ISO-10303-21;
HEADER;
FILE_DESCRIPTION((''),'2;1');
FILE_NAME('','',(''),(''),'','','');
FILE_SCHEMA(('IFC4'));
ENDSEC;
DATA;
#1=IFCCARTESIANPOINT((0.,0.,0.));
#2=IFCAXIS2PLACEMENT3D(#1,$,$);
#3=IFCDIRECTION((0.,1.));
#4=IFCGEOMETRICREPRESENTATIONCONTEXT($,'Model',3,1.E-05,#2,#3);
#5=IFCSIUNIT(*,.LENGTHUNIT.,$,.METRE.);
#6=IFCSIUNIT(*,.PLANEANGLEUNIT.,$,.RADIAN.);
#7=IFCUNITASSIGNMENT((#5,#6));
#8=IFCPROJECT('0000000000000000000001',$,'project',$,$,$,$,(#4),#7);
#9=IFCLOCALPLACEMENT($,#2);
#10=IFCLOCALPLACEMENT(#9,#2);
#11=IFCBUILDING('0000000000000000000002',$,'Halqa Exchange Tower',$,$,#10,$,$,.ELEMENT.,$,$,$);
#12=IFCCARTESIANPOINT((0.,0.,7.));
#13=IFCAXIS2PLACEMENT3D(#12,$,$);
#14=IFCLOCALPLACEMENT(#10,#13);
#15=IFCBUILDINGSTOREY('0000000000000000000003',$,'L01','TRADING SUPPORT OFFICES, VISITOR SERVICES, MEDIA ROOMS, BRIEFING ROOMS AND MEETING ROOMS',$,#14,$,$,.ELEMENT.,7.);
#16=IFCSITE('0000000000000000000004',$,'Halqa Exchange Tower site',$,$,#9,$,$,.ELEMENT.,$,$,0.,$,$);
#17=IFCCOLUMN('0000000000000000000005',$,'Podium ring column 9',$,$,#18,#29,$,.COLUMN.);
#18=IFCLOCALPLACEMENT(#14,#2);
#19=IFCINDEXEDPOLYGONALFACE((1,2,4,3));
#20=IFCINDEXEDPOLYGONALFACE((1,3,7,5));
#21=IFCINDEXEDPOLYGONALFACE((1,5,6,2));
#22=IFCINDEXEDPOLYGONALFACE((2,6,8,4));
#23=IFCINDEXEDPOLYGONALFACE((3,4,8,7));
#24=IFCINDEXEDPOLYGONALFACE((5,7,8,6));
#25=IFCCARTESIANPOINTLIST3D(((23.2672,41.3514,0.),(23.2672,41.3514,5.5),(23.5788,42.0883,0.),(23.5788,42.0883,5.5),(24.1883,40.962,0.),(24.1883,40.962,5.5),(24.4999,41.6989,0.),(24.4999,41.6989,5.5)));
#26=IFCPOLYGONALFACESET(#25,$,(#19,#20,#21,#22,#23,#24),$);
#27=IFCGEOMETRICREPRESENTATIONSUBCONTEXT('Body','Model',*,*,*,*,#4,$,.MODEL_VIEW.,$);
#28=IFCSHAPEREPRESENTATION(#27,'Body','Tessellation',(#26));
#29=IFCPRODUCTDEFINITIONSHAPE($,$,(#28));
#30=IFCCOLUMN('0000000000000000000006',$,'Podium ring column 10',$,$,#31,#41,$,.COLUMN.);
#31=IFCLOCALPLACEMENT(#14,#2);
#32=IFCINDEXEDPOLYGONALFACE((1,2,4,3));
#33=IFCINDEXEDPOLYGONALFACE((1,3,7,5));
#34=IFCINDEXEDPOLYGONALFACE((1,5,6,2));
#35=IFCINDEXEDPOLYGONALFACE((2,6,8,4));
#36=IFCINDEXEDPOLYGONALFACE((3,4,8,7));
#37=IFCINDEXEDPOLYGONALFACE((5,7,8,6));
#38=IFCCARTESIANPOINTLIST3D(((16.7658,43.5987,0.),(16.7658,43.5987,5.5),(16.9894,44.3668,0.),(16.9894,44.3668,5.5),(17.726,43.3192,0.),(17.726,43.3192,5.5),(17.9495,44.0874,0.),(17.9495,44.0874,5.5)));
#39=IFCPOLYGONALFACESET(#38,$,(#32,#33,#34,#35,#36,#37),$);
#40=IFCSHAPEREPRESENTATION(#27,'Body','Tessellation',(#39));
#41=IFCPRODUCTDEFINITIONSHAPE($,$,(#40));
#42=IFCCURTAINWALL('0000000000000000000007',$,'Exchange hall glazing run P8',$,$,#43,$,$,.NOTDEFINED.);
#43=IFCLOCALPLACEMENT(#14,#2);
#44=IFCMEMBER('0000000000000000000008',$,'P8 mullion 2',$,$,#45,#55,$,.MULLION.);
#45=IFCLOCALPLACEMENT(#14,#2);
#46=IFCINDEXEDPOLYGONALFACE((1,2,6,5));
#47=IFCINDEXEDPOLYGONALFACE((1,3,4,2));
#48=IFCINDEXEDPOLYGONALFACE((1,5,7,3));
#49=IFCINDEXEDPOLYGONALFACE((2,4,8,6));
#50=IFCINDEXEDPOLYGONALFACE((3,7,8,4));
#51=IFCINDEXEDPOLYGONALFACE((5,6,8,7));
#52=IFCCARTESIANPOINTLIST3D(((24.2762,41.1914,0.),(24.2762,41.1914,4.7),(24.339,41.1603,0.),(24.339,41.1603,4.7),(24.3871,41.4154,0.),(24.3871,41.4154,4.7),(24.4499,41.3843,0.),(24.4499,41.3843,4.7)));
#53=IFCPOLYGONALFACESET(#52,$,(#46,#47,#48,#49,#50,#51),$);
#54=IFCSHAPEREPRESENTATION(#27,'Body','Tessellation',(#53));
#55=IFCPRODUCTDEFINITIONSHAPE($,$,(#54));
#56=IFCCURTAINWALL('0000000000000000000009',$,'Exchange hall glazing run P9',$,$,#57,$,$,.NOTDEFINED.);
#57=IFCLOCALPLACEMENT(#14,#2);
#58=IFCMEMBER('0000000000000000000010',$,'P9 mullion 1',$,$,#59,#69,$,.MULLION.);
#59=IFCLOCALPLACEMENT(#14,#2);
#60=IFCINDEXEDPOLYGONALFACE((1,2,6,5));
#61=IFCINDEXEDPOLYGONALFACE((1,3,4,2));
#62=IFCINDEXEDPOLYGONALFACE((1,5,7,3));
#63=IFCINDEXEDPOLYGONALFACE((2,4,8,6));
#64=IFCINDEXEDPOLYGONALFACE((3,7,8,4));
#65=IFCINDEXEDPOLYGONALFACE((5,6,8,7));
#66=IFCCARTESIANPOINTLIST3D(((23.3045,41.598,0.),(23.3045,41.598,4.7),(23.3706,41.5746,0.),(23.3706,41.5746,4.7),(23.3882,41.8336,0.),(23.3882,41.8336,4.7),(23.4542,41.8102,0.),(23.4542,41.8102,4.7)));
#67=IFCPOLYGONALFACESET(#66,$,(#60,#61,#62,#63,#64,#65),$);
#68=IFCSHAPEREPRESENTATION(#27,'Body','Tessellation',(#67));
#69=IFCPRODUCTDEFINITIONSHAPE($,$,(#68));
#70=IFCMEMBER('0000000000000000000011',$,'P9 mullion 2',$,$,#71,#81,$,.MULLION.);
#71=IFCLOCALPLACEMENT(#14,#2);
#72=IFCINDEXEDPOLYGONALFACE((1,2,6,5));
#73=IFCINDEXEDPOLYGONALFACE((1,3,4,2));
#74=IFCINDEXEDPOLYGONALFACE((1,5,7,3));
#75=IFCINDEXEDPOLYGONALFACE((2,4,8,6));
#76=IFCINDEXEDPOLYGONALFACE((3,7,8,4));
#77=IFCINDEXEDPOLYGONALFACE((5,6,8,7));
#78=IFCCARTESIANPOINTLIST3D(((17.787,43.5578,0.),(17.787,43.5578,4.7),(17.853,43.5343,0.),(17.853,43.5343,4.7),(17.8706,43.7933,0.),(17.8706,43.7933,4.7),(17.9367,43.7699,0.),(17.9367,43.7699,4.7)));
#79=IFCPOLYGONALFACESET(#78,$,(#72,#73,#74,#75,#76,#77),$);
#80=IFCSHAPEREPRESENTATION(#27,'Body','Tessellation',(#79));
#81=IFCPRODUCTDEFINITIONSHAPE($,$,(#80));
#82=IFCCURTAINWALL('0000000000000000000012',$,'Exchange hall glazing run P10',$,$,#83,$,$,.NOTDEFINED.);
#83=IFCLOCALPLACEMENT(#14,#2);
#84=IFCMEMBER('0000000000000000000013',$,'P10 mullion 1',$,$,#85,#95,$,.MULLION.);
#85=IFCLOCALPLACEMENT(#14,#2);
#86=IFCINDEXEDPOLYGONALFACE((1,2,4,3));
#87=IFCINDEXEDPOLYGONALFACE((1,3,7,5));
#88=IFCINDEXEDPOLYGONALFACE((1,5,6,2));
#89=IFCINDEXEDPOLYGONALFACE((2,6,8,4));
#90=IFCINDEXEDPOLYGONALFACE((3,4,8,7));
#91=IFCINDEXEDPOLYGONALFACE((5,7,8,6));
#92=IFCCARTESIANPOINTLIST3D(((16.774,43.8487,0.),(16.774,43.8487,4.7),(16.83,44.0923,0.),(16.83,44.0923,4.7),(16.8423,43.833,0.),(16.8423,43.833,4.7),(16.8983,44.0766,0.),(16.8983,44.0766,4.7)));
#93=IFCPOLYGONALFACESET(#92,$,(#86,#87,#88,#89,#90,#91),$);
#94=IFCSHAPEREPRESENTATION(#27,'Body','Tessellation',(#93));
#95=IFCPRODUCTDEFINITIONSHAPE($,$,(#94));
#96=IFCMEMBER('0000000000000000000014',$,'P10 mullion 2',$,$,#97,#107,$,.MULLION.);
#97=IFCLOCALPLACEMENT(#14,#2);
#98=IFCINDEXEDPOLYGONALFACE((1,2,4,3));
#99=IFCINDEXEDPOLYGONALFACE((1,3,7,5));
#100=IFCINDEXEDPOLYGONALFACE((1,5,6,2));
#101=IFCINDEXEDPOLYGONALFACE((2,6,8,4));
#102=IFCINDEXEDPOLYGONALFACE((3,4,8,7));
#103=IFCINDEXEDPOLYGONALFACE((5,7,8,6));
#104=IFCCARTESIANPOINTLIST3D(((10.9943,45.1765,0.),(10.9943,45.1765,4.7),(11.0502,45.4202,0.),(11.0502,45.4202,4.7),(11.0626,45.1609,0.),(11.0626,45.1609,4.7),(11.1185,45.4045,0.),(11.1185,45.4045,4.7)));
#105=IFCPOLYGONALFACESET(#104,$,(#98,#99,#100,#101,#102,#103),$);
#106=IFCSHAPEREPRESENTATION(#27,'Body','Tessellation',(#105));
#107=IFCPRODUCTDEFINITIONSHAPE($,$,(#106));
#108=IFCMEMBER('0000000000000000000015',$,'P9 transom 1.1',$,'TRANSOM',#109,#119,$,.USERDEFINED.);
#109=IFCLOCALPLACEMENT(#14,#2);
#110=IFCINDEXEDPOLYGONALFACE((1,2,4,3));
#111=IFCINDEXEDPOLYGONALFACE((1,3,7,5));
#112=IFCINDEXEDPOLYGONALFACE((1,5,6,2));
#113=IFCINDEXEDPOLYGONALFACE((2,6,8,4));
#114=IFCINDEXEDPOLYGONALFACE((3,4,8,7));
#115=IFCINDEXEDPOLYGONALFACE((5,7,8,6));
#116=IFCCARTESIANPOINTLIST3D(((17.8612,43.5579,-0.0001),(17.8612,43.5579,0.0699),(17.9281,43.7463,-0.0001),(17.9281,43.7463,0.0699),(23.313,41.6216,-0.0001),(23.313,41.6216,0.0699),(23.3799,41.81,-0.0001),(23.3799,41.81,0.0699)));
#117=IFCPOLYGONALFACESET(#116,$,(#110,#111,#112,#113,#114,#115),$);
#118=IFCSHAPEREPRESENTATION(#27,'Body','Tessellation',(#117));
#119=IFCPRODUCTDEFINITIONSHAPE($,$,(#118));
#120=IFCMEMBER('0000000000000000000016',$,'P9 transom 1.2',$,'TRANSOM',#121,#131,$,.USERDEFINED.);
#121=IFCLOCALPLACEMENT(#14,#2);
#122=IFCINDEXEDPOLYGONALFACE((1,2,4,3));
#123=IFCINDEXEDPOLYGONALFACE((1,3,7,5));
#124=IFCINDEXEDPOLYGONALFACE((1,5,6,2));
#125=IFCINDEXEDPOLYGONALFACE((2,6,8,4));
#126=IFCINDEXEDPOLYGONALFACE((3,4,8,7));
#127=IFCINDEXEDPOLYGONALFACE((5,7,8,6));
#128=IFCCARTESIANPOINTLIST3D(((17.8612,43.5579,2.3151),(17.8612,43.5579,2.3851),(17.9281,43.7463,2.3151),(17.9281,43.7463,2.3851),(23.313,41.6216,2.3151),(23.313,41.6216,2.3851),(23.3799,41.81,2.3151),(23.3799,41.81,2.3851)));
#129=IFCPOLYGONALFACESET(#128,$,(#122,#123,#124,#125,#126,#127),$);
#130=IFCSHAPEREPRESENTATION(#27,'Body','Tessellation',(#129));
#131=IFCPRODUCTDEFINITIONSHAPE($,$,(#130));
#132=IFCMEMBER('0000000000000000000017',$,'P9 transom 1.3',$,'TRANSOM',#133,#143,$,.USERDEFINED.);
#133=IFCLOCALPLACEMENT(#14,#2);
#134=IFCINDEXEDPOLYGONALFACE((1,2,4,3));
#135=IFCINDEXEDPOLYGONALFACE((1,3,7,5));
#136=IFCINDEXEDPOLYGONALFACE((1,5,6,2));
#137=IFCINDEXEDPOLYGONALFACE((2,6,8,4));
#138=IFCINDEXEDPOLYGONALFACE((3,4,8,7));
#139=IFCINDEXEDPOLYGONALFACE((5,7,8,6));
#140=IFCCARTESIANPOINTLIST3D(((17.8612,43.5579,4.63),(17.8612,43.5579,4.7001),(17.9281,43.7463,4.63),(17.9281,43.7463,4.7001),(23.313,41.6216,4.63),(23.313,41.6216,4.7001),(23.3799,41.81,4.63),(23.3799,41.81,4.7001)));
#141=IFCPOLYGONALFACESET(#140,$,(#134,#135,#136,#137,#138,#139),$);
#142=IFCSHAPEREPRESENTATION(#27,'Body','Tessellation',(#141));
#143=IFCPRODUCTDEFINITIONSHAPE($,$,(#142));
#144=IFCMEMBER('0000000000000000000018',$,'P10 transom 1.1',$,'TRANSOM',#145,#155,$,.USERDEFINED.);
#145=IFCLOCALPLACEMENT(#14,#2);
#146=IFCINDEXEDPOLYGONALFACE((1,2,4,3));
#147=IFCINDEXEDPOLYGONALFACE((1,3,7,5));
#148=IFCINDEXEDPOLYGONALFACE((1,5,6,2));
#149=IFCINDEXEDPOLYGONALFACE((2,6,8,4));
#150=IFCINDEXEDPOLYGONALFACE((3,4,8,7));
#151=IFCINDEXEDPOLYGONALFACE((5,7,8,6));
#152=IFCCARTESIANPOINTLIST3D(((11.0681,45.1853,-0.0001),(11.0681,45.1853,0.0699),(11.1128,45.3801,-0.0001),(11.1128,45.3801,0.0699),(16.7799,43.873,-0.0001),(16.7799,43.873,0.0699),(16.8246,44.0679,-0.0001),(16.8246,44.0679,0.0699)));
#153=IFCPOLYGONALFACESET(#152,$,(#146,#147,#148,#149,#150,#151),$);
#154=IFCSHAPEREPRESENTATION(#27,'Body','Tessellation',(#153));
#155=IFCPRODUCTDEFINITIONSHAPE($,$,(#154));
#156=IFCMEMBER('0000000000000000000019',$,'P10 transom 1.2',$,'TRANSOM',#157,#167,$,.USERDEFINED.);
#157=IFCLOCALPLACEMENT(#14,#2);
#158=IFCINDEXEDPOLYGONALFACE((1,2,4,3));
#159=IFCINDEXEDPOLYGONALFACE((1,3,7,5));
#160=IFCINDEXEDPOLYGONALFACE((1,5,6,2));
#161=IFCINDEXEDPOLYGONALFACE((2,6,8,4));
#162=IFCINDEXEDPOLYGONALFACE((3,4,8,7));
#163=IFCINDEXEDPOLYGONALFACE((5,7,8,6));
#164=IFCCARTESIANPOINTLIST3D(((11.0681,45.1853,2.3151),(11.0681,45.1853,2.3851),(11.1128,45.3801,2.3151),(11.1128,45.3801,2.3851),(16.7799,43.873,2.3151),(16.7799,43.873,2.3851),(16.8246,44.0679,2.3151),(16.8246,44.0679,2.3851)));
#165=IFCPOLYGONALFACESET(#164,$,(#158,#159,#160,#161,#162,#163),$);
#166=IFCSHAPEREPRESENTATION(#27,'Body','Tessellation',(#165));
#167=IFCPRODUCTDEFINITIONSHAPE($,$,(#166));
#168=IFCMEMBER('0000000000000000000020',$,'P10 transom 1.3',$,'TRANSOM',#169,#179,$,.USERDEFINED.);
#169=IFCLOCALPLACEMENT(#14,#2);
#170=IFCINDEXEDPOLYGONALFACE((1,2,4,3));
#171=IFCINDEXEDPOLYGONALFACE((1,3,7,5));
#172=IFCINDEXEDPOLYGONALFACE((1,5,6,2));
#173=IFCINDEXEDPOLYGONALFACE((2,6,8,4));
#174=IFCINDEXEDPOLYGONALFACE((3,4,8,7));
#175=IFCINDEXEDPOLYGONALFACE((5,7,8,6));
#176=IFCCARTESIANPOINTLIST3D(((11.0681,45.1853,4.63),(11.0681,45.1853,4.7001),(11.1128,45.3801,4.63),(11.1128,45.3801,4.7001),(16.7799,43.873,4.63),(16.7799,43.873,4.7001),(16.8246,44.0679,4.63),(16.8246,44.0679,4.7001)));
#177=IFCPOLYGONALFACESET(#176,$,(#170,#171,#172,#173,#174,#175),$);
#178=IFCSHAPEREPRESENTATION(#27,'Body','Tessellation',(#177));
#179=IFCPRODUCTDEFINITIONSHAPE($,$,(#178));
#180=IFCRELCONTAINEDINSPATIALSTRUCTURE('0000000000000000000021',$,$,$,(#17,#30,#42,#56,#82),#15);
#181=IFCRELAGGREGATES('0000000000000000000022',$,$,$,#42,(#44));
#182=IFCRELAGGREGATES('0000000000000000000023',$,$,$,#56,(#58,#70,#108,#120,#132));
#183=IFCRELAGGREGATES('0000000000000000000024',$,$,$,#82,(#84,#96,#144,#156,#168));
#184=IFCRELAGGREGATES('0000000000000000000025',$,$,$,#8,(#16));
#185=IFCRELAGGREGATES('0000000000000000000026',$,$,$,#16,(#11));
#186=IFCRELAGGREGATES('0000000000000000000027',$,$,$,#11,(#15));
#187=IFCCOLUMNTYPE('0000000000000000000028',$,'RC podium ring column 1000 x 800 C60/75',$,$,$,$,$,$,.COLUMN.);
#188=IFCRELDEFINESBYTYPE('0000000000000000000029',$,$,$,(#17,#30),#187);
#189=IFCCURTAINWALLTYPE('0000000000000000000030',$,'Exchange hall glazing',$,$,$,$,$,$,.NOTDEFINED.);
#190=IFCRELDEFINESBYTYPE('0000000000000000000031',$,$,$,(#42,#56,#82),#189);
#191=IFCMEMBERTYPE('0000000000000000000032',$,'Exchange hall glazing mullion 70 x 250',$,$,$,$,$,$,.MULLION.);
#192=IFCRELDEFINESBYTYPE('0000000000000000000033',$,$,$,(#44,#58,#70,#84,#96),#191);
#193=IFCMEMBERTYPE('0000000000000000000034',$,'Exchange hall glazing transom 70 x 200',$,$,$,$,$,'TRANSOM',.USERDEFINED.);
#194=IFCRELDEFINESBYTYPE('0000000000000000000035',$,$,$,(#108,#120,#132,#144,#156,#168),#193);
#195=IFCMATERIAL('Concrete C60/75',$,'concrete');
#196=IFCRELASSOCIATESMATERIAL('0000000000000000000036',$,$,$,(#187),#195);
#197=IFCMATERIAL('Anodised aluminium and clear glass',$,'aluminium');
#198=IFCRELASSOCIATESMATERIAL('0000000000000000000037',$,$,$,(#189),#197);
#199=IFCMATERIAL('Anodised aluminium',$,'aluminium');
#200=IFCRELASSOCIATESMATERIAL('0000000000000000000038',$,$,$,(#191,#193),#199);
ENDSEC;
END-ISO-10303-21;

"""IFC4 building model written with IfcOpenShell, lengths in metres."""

from ifc_helpers import new_model, si_unit, direction, frame, origin, origin_2d, place, context, subcontext, project, spatial, rectangle, extrude, material, material_profile, profile_set, type_object, element, aggregate, save


model = new_model("IFC4")

# Units and contexts
model_context = context("Model", 3, precision=1e-05, world=origin(), true_north=direction((0.0, 1.0)))
body_context = subcontext(model_context, "Body", "Model", "MODEL_VIEW")
ifc_project = project(units=[si_unit("LENGTHUNIT", "METRE"), si_unit("PLANEANGLEUNIT", "RADIAN")], contexts=[model_context])

# Site, building, storey
site_placement = place(None, origin())
site = spatial("IfcSite", under=ifc_project, at=site_placement, Name="Halqa Exchange Tower site", CompositionType="ELEMENT", RefElevation=0.0)
building_placement = place(site_placement, origin())
building = spatial("IfcBuilding", under=site, at=building_placement, Name="Halqa Exchange Tower", CompositionType="ELEMENT")
storey_placement = place(building_placement, frame((0.0, 0.0, 7.0)))
storey = spatial("IfcBuildingStorey", under=building, at=storey_placement, Name="L01", Description="TRADING SUPPORT OFFICES, VISITOR SERVICES, MEDIA ROOMS, BRIEFING ROOMS AND MEETING ROOMS", CompositionType="ELEMENT", Elevation=7.0)

# Columns
ifc_material_1 = material(Name="Concrete C60/75", Category="concrete")
ifc_material_profile_1 = material_profile(ifc_material_1, rectangle(XDim=1.0, YDim=0.8, at=origin_2d()), Name="1000 x 800")
ifc_profile_set_1 = profile_set([ifc_material_profile_1], Name="Concrete C60/75")
column_type = type_object("IfcColumnType", Name="RC podium ring column 1000 x 800 C60/75", PredefinedType="COLUMN", material=ifc_profile_set_1)
for number, where, z_axis, x_axis, name in (
    (1, (23.8835, 41.5251, 0.0), (0.0, 0.0, 1.0), (-0.921048, 0.389449, 0.0), "Podium ring column 9"),
    (2, (17.3577, 43.843, 0.0), (0.0, 0.0, 1.0), (-0.960158, 0.279459, 0.0), "Podium ring column 10"),
):
    element("IfcColumn", number, at=place(storey_placement, frame(where, z_axis=z_axis, x_axis=x_axis)), inside=storey, type_object=column_type, Name=name, PredefinedType="COLUMN", context=body_context, shape_type="SweptSolid", body=[
        extrude(rectangle(XDim=1.0, YDim=0.8, at=origin_2d()), origin(), (0.0, 0.0, 1.0), 5.5),
    ])

# Curtain wall, member
ifc_material_2 = material(Name="Anodised aluminium and clear glass", Category="aluminium")
curtain_wall_type = type_object("IfcCurtainWallType", Name="Exchange hall glazing", PredefinedType="NOTDEFINED", material=ifc_material_2)
curtain_wall_1_placement = place(storey_placement, origin())
curtain_wall_1 = element("IfcCurtainWall", 3, at=curtain_wall_1_placement, inside=storey, type_object=curtain_wall_type, Name="Exchange hall glazing run P8", PredefinedType="NOTDEFINED")
ifc_material_3 = material(Name="Anodised aluminium", Category="aluminium")
ifc_material_profile_2 = material_profile(ifc_material_3, rectangle(XDim=0.25, YDim=0.0701, at=origin_2d()), Name="AL 70x250")
ifc_profile_set_2 = profile_set([ifc_material_profile_2], Name="Anodised aluminium")
member_type_1 = type_object("IfcMemberType", Name="Exchange hall glazing mullion 70 x 250", PredefinedType="MULLION", material=ifc_profile_set_2)
member_1_placement = place(storey_placement, frame((24.363, 41.2878, 0.0), z_axis=(0.0, 0.0, 1.0), x_axis=(-0.443653, -0.896198, 0.0)))
member_1 = element("IfcMember", 4, at=member_1_placement, type_object=member_type_1, Name="P8 mullion 2", PredefinedType="MULLION", context=body_context, shape_type="SweptSolid", body=[
    extrude(rectangle(XDim=0.25, YDim=0.0701, at=origin_2d()), origin(), (0.0, 0.0, 1.0), 4.7),
])

# Curtain walls, members
curtain_wall_2_placement = place(storey_placement, origin())
curtain_wall_2 = element("IfcCurtainWall", 5, at=curtain_wall_2_placement, inside=storey, type_object=curtain_wall_type, Name="Exchange hall glazing run P9", PredefinedType="NOTDEFINED")
member_2_placement = place(storey_placement, frame((23.3794, 41.7041, 0.0), z_axis=(0.0, 0.0, 1.0), x_axis=(-0.334688, -0.942329, 0.0)))
member_2 = element("IfcMember", 6, at=member_2_placement, type_object=member_type_1, Name="P9 mullion 1", PredefinedType="MULLION", context=body_context, shape_type="SweptSolid", body=[
    extrude(rectangle(XDim=0.25, YDim=0.0701, at=origin_2d()), origin(), (0.0, 0.0, 1.0), 4.7),
])
member_3_placement = place(storey_placement, frame((17.8618, 43.6638, 0.0), z_axis=(0.0, 0.0, 1.0), x_axis=(-0.334688, -0.942329, 0.0)))
member_3 = element("IfcMember", 7, at=member_3_placement, type_object=member_type_1, Name="P9 mullion 2", PredefinedType="MULLION", context=body_context, shape_type="SweptSolid", body=[
    extrude(rectangle(XDim=0.25, YDim=0.0701, at=origin_2d()), origin(), (0.0, 0.0, 1.0), 4.7),
])
curtain_wall_3_placement = place(storey_placement, origin())
curtain_wall_3 = element("IfcCurtainWall", 8, at=curtain_wall_3_placement, inside=storey, type_object=curtain_wall_type, Name="Exchange hall glazing run P10", PredefinedType="NOTDEFINED")
member_4_placement = place(storey_placement, frame((16.8362, 43.9626, 0.0), z_axis=(0.0, 0.0, 1.0), x_axis=(-0.223897, -0.974613, 0.0)))
member_4 = element("IfcMember", 9, at=member_4_placement, type_object=member_type_1, Name="P10 mullion 1", PredefinedType="MULLION", context=body_context, shape_type="SweptSolid", body=[
    extrude(rectangle(XDim=0.25, YDim=0.0701, at=origin_2d()), origin(), (0.0, 0.0, 1.0), 4.7),
])
member_5_placement = place(storey_placement, frame((11.0564, 45.2905, 0.0), z_axis=(0.0, 0.0, 1.0), x_axis=(-0.223897, -0.974613, 0.0)))
member_5 = element("IfcMember", 10, at=member_5_placement, type_object=member_type_1, Name="P10 mullion 2", PredefinedType="MULLION", context=body_context, shape_type="SweptSolid", body=[
    extrude(rectangle(XDim=0.25, YDim=0.0701, at=origin_2d()), origin(), (0.0, 0.0, 1.0), 4.7),
])

# Members
ifc_material_profile_3 = material_profile(ifc_material_3, rectangle(XDim=0.2, YDim=0.0701, at=origin_2d()), Name="AL 70x200")
ifc_profile_set_3 = profile_set([ifc_material_profile_3], Name="Anodised aluminium")
member_type_2 = type_object("IfcMemberType", Name="Exchange hall glazing transom 70 x 200", ElementType="TRANSOM", PredefinedType="USERDEFINED", material=ifc_profile_set_3)
member_6_placement = place(storey_placement, frame((23.3464, 41.7158, 0.0349), z_axis=(-0.942329, 0.334689, 0.0), x_axis=(-0.334689, -0.942329, 0.0)))
member_6 = element("IfcMember", 11, at=member_6_placement, type_object=member_type_2, Name="P9 transom 1.1", ObjectType="TRANSOM", PredefinedType="USERDEFINED", context=body_context, shape_type="SweptSolid", body=[
    extrude(rectangle(XDim=0.2, YDim=0.0701, at=origin_2d()), origin(), (0.0, 0.0, 1.0), 5.7854),
])
member_7_placement = place(storey_placement, frame((23.3464, 41.7158, 2.3501), z_axis=(-0.942329, 0.334689, 0.0), x_axis=(-0.334689, -0.942329, 0.0)))
member_7 = element("IfcMember", 12, at=member_7_placement, type_object=member_type_2, Name="P9 transom 1.2", ObjectType="TRANSOM", PredefinedType="USERDEFINED", context=body_context, shape_type="SweptSolid", body=[
    extrude(rectangle(XDim=0.2, YDim=0.0701, at=origin_2d()), origin(), (0.0, 0.0, 1.0), 5.7854),
])
member_8_placement = place(storey_placement, frame((23.3464, 41.7158, 4.665), z_axis=(-0.942329, 0.334689, 0.0), x_axis=(-0.334689, -0.942329, 0.0)))
member_8 = element("IfcMember", 13, at=member_8_placement, type_object=member_type_2, Name="P9 transom 1.3", ObjectType="TRANSOM", PredefinedType="USERDEFINED", context=body_context, shape_type="SweptSolid", body=[
    extrude(rectangle(XDim=0.2, YDim=0.0701, at=origin_2d()), origin(), (0.0, 0.0, 1.0), 5.7854),
])
member_9_placement = place(storey_placement, frame((16.8022, 43.9705, 0.0349), z_axis=(-0.97461, 0.223907, 0.0), x_axis=(-0.223907, -0.97461, 0.0)))
member_9 = element("IfcMember", 14, at=member_9_placement, type_object=member_type_2, Name="P10 transom 1.1", ObjectType="TRANSOM", PredefinedType="USERDEFINED", context=body_context, shape_type="SweptSolid", body=[
    extrude(rectangle(XDim=0.2, YDim=0.0701, at=origin_2d()), origin(), (0.0, 0.0, 1.0), 5.8606),
])
member_10_placement = place(storey_placement, frame((16.8022, 43.9705, 2.3501), z_axis=(-0.97461, 0.223907, 0.0), x_axis=(-0.223907, -0.97461, 0.0)))
member_10 = element("IfcMember", 15, at=member_10_placement, type_object=member_type_2, Name="P10 transom 1.2", ObjectType="TRANSOM", PredefinedType="USERDEFINED", context=body_context, shape_type="SweptSolid", body=[
    extrude(rectangle(XDim=0.2, YDim=0.0701, at=origin_2d()), origin(), (0.0, 0.0, 1.0), 5.8606),
])
member_11_placement = place(storey_placement, frame((16.8022, 43.9705, 4.665), z_axis=(-0.97461, 0.223907, 0.0), x_axis=(-0.223907, -0.97461, 0.0)))
member_11 = element("IfcMember", 16, at=member_11_placement, type_object=member_type_2, Name="P10 transom 1.3", ObjectType="TRANSOM", PredefinedType="USERDEFINED", context=body_context, shape_type="SweptSolid", body=[
    extrude(rectangle(XDim=0.2, YDim=0.0701, at=origin_2d()), origin(), (0.0, 0.0, 1.0), 5.8606),
])

aggregate(curtain_wall_1, [member_1])
aggregate(curtain_wall_2, [member_2, member_3, member_6, member_7, member_8])
aggregate(curtain_wall_3, [member_4, member_5, member_9, member_10, member_11])

save(model, "model.ifc")
